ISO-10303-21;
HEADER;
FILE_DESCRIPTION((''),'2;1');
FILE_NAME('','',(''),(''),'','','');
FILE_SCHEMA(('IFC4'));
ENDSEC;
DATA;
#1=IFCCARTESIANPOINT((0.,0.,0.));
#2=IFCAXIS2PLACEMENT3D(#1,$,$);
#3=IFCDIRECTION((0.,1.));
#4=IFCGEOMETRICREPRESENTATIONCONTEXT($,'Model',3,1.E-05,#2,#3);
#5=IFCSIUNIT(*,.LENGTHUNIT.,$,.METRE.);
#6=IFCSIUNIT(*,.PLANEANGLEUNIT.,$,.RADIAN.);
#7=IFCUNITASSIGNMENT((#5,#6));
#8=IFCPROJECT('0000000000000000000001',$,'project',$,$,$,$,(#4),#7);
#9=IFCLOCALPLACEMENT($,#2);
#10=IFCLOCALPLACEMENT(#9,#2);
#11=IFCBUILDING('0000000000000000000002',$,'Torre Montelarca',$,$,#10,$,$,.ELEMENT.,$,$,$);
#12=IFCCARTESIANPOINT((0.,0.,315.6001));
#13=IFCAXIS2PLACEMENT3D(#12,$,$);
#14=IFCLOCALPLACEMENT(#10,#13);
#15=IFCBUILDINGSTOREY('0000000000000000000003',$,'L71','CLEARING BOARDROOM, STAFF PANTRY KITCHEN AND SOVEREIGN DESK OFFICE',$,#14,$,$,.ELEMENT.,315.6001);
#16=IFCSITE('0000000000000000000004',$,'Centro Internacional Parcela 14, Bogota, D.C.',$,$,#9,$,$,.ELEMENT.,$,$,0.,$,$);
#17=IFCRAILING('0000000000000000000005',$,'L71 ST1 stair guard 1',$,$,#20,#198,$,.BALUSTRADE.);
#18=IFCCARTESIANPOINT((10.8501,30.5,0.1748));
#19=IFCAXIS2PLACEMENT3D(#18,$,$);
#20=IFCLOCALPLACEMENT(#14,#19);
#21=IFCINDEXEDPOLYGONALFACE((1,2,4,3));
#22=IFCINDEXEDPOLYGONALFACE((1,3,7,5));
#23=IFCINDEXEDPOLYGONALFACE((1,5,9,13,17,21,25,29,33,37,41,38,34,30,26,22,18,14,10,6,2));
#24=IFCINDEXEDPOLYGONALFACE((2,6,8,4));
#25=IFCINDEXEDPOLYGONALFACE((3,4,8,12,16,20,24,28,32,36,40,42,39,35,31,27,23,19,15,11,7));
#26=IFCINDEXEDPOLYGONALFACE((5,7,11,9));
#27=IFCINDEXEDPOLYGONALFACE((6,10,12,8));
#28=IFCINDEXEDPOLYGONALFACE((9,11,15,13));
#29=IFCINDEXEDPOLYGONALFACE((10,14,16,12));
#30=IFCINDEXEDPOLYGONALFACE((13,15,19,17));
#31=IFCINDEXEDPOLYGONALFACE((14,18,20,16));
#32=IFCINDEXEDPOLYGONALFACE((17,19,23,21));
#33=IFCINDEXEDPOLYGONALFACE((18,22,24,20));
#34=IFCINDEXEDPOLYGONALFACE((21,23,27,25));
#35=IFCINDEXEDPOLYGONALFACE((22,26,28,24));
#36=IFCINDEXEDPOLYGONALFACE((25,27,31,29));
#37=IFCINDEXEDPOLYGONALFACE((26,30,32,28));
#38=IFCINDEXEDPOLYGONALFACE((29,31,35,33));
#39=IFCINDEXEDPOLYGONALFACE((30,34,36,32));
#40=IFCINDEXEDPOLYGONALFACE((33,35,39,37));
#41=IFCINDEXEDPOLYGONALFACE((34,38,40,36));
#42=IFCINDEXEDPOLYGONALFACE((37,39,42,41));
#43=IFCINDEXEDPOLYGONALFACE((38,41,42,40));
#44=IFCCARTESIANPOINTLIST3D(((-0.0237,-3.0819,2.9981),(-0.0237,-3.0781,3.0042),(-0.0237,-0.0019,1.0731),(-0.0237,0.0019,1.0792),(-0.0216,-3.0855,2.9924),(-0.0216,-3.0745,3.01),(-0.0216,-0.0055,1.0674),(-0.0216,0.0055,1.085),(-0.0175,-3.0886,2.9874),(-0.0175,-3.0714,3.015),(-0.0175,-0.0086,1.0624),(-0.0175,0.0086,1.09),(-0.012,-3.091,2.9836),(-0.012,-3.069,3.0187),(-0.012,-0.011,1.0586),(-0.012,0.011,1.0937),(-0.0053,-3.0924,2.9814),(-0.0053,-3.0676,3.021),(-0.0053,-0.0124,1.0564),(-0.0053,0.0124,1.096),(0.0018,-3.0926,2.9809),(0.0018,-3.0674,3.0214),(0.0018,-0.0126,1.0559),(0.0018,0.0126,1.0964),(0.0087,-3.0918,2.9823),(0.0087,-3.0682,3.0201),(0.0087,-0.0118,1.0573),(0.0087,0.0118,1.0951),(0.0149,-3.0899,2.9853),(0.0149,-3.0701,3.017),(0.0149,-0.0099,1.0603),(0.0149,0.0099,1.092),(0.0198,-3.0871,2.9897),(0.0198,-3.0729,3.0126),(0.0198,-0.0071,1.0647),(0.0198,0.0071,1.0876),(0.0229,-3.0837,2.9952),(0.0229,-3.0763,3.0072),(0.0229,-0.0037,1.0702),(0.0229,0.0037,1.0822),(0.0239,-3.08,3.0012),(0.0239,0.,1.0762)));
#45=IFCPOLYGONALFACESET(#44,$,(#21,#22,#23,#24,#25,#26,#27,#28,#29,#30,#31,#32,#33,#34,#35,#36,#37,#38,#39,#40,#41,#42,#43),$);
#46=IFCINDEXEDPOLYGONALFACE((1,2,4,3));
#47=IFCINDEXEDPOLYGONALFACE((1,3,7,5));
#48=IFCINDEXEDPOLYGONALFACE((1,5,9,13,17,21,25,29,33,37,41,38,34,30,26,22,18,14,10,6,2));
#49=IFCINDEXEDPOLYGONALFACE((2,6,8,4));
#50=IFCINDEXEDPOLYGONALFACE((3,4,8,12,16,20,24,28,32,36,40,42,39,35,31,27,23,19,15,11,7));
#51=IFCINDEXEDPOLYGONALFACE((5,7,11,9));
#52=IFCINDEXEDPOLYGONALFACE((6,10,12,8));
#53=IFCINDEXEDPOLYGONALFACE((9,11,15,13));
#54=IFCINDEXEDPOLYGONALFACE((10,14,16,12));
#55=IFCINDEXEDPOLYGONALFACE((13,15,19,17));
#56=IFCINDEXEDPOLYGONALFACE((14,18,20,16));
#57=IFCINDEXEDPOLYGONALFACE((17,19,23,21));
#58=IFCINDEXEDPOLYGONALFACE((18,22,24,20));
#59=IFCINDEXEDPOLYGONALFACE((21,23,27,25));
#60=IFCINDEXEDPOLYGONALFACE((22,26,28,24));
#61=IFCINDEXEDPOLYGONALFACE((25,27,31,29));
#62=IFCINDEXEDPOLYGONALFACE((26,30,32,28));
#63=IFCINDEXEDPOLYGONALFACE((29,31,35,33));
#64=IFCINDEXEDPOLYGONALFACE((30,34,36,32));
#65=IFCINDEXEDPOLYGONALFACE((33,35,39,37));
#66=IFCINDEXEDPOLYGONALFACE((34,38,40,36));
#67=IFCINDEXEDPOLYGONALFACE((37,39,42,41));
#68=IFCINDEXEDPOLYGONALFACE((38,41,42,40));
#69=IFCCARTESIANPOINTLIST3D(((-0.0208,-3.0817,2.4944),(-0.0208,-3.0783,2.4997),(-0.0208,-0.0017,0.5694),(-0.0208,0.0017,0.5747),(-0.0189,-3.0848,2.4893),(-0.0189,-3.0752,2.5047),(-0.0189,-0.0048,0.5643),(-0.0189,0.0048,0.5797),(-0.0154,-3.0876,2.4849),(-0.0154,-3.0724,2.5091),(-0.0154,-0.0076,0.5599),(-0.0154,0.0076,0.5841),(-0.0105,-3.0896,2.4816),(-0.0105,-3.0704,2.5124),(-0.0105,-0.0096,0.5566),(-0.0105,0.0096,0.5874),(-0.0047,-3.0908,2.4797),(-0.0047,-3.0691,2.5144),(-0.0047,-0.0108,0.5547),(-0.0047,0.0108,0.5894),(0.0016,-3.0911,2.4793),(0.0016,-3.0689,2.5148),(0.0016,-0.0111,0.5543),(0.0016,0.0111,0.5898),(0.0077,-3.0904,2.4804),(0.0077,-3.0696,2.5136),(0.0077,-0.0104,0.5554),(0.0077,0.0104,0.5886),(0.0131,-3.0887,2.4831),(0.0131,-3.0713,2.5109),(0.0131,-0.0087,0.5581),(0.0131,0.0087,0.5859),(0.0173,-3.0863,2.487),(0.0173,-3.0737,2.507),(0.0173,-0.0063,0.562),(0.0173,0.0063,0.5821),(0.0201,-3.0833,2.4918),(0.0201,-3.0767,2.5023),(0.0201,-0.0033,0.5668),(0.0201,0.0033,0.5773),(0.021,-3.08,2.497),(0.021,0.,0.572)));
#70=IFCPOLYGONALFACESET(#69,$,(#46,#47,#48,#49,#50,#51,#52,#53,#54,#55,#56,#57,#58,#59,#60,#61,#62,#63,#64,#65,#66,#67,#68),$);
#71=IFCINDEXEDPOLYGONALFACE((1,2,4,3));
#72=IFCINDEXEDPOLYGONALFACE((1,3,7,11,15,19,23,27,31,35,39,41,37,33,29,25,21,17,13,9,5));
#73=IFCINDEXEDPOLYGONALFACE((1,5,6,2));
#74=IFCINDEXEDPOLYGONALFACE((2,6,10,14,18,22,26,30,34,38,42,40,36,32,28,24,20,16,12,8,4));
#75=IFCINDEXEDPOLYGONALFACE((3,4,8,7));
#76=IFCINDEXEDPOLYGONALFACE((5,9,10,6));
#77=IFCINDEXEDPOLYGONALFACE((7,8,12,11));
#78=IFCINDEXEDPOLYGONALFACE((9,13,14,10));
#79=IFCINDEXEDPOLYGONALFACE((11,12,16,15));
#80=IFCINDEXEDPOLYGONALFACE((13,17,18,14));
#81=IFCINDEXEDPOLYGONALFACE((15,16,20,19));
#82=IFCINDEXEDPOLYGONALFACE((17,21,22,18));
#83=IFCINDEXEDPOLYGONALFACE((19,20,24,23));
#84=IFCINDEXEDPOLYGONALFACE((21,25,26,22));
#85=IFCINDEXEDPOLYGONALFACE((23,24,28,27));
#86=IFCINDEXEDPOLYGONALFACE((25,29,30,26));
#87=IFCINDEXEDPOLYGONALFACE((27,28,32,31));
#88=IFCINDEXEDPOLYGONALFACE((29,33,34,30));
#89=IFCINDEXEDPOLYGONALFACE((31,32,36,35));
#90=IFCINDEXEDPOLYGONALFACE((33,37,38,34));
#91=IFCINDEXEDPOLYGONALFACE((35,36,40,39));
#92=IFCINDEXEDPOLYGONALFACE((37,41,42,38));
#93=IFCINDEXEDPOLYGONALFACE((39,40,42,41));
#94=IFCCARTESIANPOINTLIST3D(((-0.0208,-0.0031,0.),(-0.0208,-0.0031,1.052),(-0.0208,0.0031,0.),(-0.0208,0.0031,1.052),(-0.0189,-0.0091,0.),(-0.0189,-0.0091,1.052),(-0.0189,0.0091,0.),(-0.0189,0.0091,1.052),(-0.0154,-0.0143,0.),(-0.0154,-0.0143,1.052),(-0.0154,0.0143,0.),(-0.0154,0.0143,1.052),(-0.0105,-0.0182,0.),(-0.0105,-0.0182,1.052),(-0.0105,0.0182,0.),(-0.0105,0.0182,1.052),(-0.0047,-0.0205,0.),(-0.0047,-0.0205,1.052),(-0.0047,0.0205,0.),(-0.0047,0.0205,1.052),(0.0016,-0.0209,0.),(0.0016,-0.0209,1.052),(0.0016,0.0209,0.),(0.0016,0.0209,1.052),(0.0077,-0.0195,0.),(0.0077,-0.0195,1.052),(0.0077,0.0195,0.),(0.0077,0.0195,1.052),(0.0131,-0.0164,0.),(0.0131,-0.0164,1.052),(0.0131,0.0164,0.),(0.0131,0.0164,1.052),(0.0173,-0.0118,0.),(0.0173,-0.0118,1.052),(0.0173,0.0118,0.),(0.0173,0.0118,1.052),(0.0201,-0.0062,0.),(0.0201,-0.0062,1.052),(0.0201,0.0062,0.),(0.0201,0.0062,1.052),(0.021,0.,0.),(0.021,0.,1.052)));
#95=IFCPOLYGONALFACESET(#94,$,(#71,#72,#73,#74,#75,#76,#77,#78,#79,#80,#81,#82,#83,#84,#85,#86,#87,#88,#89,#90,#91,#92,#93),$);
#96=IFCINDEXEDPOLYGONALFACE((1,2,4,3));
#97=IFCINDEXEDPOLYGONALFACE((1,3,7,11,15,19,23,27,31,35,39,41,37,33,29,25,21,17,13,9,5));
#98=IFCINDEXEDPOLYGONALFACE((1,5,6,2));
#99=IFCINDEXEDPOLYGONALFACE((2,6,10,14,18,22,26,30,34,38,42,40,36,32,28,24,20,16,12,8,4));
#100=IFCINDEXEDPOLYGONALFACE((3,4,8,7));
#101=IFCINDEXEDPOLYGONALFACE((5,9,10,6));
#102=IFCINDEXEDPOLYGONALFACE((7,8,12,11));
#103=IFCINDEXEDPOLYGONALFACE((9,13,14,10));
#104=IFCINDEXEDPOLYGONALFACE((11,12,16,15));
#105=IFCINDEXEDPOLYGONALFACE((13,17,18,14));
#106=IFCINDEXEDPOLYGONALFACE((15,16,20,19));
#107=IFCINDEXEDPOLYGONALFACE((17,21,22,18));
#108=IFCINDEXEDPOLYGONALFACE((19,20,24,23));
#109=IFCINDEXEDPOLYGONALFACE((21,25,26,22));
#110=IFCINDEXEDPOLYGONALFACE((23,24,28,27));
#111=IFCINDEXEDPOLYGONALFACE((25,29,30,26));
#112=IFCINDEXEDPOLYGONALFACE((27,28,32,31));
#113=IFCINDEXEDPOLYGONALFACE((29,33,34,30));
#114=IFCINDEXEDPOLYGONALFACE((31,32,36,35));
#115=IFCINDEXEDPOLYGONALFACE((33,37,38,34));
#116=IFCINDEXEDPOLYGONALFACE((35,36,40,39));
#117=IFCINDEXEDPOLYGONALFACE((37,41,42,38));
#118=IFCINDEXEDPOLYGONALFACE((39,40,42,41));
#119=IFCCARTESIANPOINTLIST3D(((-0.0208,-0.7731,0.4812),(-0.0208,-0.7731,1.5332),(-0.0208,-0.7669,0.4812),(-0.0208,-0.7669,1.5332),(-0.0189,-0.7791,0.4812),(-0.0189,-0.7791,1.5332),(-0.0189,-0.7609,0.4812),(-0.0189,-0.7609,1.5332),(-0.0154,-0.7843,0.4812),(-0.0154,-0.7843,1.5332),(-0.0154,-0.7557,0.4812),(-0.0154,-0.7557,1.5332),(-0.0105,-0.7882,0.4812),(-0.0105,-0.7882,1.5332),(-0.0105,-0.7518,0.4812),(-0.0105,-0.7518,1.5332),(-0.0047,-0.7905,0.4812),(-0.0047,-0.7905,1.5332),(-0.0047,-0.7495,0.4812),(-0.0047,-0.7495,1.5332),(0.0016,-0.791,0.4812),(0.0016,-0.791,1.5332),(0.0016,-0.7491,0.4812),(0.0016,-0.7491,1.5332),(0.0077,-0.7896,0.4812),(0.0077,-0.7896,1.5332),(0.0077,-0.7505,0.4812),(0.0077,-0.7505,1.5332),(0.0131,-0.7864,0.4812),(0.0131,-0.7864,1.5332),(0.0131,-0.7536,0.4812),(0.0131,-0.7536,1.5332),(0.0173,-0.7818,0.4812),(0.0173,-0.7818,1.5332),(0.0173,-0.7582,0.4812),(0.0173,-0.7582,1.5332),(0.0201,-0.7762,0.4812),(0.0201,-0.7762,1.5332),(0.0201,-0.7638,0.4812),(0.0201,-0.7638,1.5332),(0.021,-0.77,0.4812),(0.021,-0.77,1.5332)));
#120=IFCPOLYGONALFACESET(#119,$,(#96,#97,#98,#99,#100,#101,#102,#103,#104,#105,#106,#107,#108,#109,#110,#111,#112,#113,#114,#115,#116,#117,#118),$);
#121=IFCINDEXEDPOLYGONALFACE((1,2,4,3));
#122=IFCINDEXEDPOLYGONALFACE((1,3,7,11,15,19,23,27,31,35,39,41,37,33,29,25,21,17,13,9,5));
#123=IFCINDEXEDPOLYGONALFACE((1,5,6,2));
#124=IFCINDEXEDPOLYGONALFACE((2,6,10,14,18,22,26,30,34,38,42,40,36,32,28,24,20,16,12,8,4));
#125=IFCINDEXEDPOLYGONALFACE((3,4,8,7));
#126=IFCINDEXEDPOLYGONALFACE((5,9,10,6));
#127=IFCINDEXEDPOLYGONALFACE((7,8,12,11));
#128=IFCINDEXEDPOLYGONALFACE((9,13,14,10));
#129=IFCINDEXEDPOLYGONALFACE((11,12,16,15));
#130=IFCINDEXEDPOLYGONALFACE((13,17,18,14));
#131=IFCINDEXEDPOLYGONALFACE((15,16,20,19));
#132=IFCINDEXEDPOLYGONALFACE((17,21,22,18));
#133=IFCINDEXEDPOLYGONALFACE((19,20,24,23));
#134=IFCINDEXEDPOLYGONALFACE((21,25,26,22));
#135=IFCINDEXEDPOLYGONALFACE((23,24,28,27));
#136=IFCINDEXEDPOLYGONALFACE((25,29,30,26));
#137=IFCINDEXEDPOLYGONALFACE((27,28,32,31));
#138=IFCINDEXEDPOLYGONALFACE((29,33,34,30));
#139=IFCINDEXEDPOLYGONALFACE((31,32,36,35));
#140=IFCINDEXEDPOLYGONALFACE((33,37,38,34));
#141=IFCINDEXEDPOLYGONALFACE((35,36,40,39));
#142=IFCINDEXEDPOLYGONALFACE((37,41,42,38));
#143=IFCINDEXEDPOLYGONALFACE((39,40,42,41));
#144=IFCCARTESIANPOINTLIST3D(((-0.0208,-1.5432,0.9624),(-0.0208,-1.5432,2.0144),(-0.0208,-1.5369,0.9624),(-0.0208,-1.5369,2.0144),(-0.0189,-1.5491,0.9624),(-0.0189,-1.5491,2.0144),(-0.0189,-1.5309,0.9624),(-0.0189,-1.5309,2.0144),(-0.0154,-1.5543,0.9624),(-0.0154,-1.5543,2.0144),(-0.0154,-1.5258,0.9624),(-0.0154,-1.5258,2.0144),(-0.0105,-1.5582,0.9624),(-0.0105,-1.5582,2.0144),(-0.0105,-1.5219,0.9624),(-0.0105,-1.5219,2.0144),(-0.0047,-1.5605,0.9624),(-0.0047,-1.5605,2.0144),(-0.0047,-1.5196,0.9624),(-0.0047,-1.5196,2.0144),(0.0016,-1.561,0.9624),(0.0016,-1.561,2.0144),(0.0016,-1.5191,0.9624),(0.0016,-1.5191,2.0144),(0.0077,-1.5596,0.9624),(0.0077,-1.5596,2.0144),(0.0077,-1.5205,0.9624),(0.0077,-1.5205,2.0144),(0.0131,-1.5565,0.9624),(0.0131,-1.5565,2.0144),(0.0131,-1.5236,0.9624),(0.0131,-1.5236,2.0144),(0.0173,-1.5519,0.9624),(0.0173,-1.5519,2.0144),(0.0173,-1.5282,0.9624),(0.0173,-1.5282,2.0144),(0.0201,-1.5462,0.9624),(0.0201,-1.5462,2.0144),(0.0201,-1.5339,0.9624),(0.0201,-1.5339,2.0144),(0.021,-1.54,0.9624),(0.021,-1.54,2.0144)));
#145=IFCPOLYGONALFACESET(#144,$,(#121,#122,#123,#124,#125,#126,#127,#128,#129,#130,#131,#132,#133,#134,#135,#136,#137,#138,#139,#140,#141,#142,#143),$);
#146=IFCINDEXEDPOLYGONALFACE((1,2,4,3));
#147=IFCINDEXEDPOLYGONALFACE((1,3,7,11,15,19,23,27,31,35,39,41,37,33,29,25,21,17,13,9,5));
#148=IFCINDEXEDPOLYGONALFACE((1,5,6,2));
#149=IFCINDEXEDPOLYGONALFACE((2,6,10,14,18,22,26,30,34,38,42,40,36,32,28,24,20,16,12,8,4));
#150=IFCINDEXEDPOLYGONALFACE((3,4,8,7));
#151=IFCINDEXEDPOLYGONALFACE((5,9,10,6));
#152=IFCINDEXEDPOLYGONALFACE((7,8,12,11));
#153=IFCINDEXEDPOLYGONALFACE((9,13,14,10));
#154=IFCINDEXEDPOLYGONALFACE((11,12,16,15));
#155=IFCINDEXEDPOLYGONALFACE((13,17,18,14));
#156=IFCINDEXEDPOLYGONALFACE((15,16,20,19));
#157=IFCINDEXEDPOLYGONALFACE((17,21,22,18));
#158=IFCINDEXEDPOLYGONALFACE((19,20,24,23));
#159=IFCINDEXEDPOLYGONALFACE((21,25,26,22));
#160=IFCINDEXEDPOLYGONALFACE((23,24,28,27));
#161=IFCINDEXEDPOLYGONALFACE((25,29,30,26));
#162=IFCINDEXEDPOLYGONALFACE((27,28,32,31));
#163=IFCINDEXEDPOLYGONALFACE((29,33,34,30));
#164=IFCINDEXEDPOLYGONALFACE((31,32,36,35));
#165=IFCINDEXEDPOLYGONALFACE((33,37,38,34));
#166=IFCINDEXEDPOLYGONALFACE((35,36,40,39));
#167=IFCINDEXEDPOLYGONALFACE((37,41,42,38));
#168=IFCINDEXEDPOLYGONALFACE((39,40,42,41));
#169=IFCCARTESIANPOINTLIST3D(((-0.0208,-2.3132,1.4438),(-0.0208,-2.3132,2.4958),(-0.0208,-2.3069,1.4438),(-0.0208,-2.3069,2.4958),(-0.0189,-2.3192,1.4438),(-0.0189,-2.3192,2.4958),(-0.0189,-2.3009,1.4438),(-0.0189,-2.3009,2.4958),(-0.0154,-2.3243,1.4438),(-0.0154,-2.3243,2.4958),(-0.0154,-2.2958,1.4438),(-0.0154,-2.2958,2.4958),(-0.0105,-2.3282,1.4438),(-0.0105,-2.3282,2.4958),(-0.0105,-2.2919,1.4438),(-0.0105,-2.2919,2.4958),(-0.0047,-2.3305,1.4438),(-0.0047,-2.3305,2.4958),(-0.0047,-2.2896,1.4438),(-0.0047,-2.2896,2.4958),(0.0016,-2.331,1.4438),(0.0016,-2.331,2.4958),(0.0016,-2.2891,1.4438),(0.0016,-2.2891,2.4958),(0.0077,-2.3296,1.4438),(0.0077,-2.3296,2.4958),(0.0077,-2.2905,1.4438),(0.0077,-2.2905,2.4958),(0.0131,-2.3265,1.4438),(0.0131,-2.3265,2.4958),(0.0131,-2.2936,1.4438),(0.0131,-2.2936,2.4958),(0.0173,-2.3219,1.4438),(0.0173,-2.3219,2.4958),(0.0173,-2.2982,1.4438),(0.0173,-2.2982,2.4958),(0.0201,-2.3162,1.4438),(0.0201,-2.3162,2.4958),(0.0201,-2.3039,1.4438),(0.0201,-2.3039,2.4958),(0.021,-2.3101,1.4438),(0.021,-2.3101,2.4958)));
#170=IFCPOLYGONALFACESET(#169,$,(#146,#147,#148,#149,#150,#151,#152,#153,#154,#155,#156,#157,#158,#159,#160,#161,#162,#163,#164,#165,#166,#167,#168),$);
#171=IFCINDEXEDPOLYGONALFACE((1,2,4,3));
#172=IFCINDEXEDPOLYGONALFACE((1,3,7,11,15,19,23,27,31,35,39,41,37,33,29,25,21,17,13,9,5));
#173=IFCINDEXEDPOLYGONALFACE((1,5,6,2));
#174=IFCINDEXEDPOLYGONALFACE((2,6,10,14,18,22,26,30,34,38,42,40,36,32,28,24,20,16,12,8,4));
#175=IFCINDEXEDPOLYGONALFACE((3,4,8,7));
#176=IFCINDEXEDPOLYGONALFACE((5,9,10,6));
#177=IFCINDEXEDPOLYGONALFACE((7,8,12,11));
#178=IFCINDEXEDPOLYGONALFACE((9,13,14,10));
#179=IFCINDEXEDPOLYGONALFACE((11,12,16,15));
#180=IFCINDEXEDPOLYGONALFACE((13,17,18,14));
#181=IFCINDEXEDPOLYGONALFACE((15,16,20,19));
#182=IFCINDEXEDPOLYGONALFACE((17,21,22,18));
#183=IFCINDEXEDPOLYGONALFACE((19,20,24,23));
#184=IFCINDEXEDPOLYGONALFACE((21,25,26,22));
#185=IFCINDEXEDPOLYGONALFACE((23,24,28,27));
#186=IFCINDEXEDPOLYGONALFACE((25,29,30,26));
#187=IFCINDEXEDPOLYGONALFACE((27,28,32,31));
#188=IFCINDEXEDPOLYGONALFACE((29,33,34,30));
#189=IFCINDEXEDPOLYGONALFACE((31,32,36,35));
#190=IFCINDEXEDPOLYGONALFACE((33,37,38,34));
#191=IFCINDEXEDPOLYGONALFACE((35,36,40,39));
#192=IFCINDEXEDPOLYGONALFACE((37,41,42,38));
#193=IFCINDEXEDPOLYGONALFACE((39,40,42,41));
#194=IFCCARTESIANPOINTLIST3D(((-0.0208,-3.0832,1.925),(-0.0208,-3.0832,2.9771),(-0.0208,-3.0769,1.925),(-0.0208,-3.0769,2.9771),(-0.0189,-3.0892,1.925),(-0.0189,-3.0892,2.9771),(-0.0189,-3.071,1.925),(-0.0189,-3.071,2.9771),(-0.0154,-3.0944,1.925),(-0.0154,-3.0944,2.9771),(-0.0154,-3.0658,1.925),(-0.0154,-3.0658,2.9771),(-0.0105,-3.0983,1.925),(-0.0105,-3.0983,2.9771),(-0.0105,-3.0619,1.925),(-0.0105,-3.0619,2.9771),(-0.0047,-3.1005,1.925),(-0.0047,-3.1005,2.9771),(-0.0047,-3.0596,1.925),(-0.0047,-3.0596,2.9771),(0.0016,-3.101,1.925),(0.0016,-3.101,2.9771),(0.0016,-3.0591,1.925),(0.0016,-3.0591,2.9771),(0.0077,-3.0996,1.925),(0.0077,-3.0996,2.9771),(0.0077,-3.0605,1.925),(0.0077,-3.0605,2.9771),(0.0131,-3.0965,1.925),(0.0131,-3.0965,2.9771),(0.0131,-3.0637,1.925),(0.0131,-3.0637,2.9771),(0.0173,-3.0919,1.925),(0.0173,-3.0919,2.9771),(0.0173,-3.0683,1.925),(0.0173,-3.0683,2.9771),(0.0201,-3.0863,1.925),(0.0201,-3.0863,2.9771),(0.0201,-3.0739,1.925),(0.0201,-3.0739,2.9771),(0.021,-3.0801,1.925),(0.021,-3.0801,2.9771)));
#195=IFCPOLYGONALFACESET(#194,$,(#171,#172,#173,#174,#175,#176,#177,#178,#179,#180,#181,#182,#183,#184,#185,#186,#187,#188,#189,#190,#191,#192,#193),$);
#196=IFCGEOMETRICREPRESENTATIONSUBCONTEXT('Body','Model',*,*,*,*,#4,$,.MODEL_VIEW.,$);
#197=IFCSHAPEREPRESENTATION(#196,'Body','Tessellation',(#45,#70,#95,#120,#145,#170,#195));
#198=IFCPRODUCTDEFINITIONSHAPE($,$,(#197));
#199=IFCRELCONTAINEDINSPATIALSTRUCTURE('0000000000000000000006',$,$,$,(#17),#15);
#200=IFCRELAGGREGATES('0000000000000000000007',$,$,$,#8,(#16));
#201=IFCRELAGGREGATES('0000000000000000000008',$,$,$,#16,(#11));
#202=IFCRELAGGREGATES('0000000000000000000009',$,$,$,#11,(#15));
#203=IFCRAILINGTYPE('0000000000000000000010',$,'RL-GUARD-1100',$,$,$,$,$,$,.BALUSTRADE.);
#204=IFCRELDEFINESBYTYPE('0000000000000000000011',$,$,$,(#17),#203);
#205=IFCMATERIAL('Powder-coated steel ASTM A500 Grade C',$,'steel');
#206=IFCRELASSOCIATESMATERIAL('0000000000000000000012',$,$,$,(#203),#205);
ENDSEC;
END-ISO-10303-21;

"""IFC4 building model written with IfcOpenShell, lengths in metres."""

from ifc_helpers import new_model, si_unit, direction, frame, origin, origin_2d, place, context, subcontext, project, spatial, circle, extrude, material, type_object, element, save


model = new_model("IFC4")

# Units and contexts
model_context = context("Model", 3, precision=1e-05, world=origin(), true_north=direction((0.0, 1.0)))
body_context = subcontext(model_context, "Body", "Model", "MODEL_VIEW")
ifc_project = project(units=[si_unit("LENGTHUNIT", "METRE"), si_unit("PLANEANGLEUNIT", "RADIAN")], contexts=[model_context])

# Site, building, storey
site_placement = place(None, origin())
site = spatial("IfcSite", under=ifc_project, at=site_placement, Name="Centro Internacional Parcela 14, Bogota, D.C.", CompositionType="ELEMENT", RefElevation=0.0)
building_placement = place(site_placement, origin())
building = spatial("IfcBuilding", under=site, at=building_placement, Name="Torre Montelarca", CompositionType="ELEMENT")
storey_placement = place(building_placement, frame((0.0, 0.0, 315.6001)))
storey = spatial("IfcBuildingStorey", under=building, at=storey_placement, Name="L71", Description="CLEARING BOARDROOM, STAFF PANTRY KITCHEN AND SOVEREIGN DESK OFFICE", CompositionType="ELEMENT", Elevation=315.6001)

# Railing
ifc_material_1 = material(Name="Powder-coated steel ASTM A500 Grade C", Category="steel")
railing_type_1 = type_object("IfcRailingType", Name="RL-GUARD-1100", PredefinedType="BALUSTRADE", material=ifc_material_1)
railing_1_placement = place(storey_placement, frame((10.8501, 30.5, 0.1748)))
element("IfcRailing", 1, at=railing_1_placement, inside=storey, type_object=railing_type_1, Name="L71 ST1 stair guard 1", PredefinedType="BALUSTRADE", context=body_context, shape_type="SweptSolid", body=[
    extrude(circle(Radius=0.0239, at=origin_2d()), frame((0.0, 0.0, 1.0762), z_axis=(0.0, -0.847998, 0.529999), x_axis=(1.0, 0.0, 0.0)), (0.0, 0.0, 1.0), 3.6321),
    extrude(circle(Radius=0.021, at=origin_2d()), frame((0.0, 0.0, 0.572), z_axis=(0.0, -0.847998, 0.529999), x_axis=(1.0, 0.0, 0.0)), (0.0, 0.0, 1.0), 3.6321),
    extrude(circle(Radius=0.021, at=origin_2d()), origin(), (0.0, 0.0, 1.0), 1.052),
    extrude(circle(Radius=0.021, at=origin_2d()), frame((0.0, -0.77, 0.4812)), (0.0, 0.0, 1.0), 1.052),
    extrude(circle(Radius=0.021, at=origin_2d()), frame((0.0, -1.54, 0.9624)), (0.0, 0.0, 1.0), 1.052),
    extrude(circle(Radius=0.021, at=origin_2d()), frame((0.0, -2.3101, 1.4438)), (0.0, 0.0, 1.0), 1.052),
    extrude(circle(Radius=0.021, at=origin_2d()), frame((0.0, -3.0801, 1.925)), (0.0, 0.0, 1.0), 1.052),
])

save(model, "model.ifc")
